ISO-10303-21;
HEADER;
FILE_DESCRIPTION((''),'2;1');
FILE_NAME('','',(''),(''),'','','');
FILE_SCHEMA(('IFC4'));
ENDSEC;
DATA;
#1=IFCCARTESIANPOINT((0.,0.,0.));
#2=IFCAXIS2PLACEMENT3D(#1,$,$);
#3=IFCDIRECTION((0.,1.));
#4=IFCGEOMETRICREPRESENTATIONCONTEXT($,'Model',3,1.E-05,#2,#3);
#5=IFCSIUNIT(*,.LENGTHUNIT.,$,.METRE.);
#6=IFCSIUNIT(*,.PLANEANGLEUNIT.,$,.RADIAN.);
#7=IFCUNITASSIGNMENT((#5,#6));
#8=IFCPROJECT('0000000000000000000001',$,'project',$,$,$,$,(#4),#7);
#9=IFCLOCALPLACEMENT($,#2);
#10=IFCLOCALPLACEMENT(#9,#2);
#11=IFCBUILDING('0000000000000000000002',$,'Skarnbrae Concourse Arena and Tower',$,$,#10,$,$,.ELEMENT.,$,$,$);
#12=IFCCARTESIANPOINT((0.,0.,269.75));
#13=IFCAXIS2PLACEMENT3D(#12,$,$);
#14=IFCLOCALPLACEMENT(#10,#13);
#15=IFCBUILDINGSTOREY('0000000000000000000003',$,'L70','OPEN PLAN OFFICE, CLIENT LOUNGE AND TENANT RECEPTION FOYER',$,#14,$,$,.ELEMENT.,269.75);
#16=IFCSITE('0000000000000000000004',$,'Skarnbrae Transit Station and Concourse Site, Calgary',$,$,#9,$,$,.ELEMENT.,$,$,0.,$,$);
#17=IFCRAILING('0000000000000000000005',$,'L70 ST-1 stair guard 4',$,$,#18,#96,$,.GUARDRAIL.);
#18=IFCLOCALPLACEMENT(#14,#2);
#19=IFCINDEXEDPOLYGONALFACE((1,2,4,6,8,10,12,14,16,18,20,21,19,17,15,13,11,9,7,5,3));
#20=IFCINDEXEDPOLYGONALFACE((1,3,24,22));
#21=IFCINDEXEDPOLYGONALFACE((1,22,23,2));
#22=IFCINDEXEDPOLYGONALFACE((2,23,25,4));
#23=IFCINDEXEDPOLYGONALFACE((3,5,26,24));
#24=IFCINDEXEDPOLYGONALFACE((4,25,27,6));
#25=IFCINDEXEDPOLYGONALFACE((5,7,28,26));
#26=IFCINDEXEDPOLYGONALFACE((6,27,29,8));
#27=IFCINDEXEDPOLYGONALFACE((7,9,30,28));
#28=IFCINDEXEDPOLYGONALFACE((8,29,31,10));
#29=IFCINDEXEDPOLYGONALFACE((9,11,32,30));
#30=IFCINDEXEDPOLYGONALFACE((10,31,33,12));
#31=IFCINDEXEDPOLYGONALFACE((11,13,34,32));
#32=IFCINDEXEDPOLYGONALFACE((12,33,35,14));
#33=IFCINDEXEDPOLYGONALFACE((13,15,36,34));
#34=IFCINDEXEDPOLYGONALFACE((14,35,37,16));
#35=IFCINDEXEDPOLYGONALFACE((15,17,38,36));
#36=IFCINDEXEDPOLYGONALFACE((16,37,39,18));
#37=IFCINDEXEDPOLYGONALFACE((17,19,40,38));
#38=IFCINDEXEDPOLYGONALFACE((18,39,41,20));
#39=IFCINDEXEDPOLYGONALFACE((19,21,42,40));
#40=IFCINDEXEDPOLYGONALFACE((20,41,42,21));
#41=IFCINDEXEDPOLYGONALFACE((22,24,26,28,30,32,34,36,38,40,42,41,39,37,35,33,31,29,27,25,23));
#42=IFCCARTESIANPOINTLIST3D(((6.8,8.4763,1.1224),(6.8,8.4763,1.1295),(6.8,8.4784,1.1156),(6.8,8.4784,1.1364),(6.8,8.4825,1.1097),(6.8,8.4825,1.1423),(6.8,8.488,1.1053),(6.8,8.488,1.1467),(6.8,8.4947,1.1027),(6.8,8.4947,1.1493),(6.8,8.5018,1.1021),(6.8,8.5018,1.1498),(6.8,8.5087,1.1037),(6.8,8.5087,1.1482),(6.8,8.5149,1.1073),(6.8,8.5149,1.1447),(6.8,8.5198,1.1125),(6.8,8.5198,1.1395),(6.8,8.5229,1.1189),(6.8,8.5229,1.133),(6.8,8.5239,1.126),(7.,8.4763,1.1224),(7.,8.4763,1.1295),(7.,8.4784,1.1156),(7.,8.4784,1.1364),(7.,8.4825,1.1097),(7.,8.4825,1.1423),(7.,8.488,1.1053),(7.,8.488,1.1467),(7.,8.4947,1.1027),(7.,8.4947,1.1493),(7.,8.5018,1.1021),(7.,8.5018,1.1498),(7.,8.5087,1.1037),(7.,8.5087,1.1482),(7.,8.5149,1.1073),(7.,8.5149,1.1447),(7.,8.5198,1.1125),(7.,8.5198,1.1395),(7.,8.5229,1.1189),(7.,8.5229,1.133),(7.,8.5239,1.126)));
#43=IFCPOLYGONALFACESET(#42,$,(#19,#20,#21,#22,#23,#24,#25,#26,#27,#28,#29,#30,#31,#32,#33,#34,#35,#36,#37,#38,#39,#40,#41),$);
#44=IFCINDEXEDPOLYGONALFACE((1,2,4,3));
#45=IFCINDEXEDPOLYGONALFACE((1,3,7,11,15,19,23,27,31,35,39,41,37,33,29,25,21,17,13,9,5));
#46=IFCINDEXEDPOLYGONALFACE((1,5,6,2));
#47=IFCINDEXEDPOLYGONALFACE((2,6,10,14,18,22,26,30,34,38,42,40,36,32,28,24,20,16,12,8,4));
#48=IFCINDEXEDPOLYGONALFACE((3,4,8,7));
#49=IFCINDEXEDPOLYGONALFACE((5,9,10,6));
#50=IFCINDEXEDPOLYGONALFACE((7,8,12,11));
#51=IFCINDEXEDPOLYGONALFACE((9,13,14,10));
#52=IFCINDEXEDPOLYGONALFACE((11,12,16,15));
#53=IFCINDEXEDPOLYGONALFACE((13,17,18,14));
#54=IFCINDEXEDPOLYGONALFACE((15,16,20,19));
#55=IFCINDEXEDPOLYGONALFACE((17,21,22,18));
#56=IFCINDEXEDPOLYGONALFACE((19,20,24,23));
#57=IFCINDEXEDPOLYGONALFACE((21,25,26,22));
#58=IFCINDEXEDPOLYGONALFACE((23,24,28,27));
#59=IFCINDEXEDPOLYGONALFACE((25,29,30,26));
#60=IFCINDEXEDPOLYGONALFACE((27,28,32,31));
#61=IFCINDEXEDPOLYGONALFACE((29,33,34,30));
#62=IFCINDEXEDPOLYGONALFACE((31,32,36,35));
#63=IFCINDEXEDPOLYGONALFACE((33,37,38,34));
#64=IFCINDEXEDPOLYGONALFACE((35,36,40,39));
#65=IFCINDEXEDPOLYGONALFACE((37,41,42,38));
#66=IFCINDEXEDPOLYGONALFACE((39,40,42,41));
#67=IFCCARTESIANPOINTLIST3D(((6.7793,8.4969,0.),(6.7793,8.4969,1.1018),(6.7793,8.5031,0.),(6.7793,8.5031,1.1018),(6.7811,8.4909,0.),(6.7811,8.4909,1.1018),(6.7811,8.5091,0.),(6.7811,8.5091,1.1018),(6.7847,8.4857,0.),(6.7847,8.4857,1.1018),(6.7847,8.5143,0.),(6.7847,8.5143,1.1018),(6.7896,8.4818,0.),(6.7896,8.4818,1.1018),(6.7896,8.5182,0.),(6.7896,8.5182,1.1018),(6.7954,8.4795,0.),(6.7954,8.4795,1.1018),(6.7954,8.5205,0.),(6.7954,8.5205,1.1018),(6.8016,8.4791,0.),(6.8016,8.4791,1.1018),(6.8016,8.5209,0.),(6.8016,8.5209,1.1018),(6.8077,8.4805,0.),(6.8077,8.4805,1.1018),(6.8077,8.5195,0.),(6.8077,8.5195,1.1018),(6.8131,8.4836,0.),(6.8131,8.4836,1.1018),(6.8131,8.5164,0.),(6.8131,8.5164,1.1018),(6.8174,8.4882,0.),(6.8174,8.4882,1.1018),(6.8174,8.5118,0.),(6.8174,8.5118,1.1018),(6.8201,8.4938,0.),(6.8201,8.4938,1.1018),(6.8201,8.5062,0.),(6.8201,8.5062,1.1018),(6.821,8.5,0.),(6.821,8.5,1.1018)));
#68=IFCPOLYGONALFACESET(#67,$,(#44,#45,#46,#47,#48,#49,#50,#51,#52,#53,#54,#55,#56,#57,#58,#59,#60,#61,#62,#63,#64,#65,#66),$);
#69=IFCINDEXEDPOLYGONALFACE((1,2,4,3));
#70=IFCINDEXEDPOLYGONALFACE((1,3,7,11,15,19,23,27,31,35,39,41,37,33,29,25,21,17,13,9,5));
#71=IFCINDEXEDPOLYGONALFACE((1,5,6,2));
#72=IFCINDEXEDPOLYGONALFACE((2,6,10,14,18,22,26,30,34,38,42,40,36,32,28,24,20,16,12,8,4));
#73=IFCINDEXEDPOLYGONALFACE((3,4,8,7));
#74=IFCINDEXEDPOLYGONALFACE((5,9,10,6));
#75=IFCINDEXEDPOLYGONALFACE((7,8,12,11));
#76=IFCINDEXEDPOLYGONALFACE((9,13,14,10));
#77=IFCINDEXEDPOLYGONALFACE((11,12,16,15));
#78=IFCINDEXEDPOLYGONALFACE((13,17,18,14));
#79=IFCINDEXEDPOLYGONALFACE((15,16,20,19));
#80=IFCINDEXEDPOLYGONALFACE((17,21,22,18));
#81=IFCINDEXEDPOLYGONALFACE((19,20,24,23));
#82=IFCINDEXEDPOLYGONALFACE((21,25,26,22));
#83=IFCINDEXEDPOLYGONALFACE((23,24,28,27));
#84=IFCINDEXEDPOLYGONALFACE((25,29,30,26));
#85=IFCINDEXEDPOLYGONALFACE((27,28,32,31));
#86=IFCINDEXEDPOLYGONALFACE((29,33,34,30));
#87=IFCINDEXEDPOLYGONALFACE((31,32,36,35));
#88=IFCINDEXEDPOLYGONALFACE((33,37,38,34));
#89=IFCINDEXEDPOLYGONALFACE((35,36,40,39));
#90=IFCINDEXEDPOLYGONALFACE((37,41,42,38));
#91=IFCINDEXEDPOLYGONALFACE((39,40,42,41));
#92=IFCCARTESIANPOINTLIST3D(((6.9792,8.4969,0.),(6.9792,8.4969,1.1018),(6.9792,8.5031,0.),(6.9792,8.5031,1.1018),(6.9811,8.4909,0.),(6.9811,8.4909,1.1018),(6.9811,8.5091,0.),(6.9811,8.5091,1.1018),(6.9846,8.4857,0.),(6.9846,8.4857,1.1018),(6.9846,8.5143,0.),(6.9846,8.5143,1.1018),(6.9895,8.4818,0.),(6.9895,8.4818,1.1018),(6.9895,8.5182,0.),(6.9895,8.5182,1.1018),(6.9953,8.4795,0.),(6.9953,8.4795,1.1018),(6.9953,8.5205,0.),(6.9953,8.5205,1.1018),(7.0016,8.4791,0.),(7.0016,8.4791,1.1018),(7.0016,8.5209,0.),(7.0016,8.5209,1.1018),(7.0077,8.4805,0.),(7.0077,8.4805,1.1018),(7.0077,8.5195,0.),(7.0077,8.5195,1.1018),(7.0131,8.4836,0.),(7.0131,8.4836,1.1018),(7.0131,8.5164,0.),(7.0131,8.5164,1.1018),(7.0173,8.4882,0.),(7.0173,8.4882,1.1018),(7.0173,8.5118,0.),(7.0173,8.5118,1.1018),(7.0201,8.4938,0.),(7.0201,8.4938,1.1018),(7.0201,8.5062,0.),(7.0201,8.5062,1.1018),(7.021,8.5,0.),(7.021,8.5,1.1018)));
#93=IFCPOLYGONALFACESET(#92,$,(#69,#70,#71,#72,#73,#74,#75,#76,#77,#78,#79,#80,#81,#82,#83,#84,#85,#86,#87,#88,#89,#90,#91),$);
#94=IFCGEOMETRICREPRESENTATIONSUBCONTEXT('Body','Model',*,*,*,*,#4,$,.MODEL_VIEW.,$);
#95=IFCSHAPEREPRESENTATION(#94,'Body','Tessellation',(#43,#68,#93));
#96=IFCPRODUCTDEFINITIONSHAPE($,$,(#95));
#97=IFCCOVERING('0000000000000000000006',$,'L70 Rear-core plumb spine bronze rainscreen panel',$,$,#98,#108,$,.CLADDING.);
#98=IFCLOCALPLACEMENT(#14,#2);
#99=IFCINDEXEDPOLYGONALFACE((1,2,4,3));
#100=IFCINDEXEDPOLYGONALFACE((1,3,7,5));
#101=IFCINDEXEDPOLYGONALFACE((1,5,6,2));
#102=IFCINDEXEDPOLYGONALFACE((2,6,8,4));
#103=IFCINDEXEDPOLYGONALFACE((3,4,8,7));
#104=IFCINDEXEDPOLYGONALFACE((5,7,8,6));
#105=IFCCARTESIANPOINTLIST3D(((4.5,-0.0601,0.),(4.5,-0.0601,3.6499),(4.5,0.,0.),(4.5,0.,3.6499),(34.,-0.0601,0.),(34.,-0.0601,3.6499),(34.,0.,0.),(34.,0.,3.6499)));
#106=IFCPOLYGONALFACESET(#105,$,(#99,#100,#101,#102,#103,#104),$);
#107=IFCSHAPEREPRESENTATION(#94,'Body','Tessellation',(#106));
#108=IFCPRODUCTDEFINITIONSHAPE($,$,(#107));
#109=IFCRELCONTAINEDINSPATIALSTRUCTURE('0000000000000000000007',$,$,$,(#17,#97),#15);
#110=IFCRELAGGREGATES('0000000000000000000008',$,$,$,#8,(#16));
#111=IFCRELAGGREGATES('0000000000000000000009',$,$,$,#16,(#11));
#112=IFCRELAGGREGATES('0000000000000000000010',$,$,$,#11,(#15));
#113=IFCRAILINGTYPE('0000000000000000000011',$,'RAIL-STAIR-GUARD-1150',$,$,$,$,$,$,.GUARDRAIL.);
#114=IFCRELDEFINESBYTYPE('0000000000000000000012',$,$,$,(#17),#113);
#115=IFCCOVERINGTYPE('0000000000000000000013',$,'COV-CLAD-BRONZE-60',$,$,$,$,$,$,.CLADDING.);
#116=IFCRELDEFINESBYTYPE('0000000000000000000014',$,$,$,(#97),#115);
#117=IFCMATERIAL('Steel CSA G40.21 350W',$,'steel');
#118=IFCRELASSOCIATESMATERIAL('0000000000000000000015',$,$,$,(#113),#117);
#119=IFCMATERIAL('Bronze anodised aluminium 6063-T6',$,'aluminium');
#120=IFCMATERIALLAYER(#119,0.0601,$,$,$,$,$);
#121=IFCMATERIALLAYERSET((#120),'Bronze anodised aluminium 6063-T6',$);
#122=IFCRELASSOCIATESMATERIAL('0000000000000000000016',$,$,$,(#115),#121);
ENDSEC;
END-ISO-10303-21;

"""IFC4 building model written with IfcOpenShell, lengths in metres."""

from ifc_helpers import new_model, si_unit, direction, frame, origin, origin_2d, place, context, subcontext, project, spatial, rectangle, circle, extrude, source, transform, mapped, material, layer, layer_set, type_object, element, save


model = new_model("IFC4")

# Units and contexts
model_context = context("Model", 3, precision=1e-05, world=origin(), true_north=direction((0.0, 1.0)))
body_context = subcontext(model_context, "Body", "Model", "MODEL_VIEW")
ifc_project = project(units=[si_unit("LENGTHUNIT", "METRE"), si_unit("PLANEANGLEUNIT", "RADIAN")], contexts=[model_context])

# Site, building, storey
site_placement = place(None, origin())
site = spatial("IfcSite", under=ifc_project, at=site_placement, Name="Skarnbrae Transit Station and Concourse Site, Calgary", CompositionType="ELEMENT", RefElevation=0.0)
building_placement = place(site_placement, origin())
building = spatial("IfcBuilding", under=site, at=building_placement, Name="Skarnbrae Concourse Arena and Tower", CompositionType="ELEMENT")
storey_placement = place(building_placement, frame((0.0, 0.0, 269.75)))
storey = spatial("IfcBuildingStorey", under=building, at=storey_placement, Name="L70", Description="OPEN PLAN OFFICE, CLIENT LOUNGE AND TENANT RECEPTION FOYER", CompositionType="ELEMENT", Elevation=269.75)

# Shared definitions
ifc_material_1 = material(Name="Steel CSA G40.21 350W", Category="steel")

# Railing
railing_type_1 = type_object("IfcRailingType", Name="RAIL-STAIR-GUARD-1150", PredefinedType="GUARDRAIL", material=ifc_material_1)
railing_1_placement = place(storey_placement, frame((6.8, 8.5, 0.0)))
element("IfcRailing", 1, at=railing_1_placement, inside=storey, type_object=railing_type_1, Name="L70 ST-1 stair guard 4", PredefinedType="GUARDRAIL", context=body_context, shape_type="SweptSolid", body=[
    extrude(circle(Radius=0.0239, at=origin_2d()), frame((0.0, 0.0, 1.126), z_axis=(1.0, 0.0, 0.0), x_axis=(0.0, 1.0, 0.0)), (0.0, 0.0, 1.0), 0.2),
    extrude(circle(Radius=0.021, at=origin_2d()), origin(), (0.0, 0.0, 1.0), 1.1018),
    extrude(circle(Radius=0.021, at=origin_2d()), frame((0.2, 0.0, 0.0)), (0.0, 0.0, 1.0), 1.1018),
])

# Covering
ifc_material_2 = material(Name="Bronze anodised aluminium 6063-T6", Category="aluminium")
ifc_layer_1 = layer(ifc_material_2, 0.0601)
ifc_layer_set_1 = layer_set([ifc_layer_1], Name="Bronze anodised aluminium 6063-T6")
covering_type = type_object("IfcCoveringType", Name="COV-CLAD-BRONZE-60", PredefinedType="CLADDING", material=ifc_layer_set_1)
shared_shape_1 = source(origin(), body_context, "Body", "SweptSolid", [
    extrude(rectangle(XDim=29.5, YDim=0.0601, at=origin_2d()), origin(), (0.0, 0.0, 1.0), 3.6499),
])
covering_placement = place(storey_placement, frame((19.25, -0.03, 0.0), z_axis=(0.0, 0.0, 1.0), x_axis=(1.0, 0.0, 0.0)))
element("IfcCovering", 2, at=covering_placement, inside=storey, type_object=covering_type, Name="L70 Rear-core plumb spine bronze rainscreen panel", PredefinedType="CLADDING", context=body_context, shape_type="MappedRepresentation", body=[
    mapped(shared_shape_1, transform((0.0, 0.0, 0.0))),
])

save(model, "model.ifc")
